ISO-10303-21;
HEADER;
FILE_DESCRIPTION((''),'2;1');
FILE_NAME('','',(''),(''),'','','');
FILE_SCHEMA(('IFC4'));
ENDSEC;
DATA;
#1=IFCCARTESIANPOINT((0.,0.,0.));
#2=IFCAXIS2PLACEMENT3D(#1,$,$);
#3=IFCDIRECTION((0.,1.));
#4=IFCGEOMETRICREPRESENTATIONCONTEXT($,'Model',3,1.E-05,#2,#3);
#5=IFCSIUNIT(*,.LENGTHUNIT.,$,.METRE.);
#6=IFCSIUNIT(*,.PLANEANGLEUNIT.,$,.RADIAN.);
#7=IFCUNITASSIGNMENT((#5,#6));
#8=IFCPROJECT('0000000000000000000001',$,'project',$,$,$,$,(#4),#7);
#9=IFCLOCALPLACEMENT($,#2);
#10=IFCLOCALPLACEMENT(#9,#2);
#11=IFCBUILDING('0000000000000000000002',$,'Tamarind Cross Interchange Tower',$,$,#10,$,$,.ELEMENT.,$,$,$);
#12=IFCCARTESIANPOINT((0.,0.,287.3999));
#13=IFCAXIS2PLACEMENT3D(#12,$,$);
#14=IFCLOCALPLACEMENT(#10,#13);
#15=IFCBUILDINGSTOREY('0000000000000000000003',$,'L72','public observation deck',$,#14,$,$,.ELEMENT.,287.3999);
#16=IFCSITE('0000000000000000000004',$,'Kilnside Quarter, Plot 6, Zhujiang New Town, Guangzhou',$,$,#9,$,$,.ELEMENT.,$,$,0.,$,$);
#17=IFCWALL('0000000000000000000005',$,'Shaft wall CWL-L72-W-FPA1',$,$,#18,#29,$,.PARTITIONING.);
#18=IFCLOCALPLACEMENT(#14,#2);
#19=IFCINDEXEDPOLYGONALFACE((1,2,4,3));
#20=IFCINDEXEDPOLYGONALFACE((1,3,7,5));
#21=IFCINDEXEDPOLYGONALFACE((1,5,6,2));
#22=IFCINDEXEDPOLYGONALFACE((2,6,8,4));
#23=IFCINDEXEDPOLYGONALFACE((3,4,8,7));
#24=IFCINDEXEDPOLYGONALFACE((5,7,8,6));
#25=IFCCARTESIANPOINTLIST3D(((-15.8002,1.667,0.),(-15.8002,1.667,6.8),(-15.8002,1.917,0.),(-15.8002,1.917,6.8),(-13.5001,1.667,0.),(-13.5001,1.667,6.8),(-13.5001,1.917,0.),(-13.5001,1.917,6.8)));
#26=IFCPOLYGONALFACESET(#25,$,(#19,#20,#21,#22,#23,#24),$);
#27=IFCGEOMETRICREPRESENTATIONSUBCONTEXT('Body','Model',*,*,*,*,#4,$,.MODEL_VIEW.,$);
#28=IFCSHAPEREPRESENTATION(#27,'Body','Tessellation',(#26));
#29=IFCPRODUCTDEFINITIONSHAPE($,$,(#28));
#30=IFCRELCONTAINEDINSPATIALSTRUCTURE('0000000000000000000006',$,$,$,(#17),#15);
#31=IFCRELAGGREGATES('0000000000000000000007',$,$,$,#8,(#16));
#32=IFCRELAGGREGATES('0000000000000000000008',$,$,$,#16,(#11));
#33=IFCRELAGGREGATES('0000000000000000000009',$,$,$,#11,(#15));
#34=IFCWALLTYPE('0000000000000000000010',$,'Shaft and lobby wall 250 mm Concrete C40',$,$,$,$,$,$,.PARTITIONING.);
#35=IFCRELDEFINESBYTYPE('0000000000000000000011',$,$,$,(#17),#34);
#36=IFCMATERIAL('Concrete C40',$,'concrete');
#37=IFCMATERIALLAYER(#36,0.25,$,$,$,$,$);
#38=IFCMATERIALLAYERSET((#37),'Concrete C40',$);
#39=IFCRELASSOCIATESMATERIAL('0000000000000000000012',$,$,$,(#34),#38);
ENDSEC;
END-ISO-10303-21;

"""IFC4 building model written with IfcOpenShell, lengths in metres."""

from ifc_helpers import new_model, si_unit, direction, frame, frame_2d, origin, place, context, subcontext, project, spatial, rectangle, extrude, material, layer, layer_set, type_object, element, save


model = new_model("IFC4")

# Units and contexts
model_context = context("Model", 3, precision=1e-05, world=origin(), true_north=direction((0.0, 1.0)))
body_context = subcontext(model_context, "Body", "Model", "MODEL_VIEW")
ifc_project = project(units=[si_unit("LENGTHUNIT", "METRE"), si_unit("PLANEANGLEUNIT", "RADIAN")], contexts=[model_context])

# Site, building, storey
site_placement = place(None, origin())
site = spatial("IfcSite", under=ifc_project, at=site_placement, Name="Kilnside Quarter, Plot 6, Zhujiang New Town, Guangzhou", CompositionType="ELEMENT", RefElevation=0.0)
building_placement = place(site_placement, origin())
building = spatial("IfcBuilding", under=site, at=building_placement, Name="Tamarind Cross Interchange Tower", CompositionType="ELEMENT")
storey_placement = place(building_placement, frame((0.0, 0.0, 287.3999)))
storey = spatial("IfcBuildingStorey", under=building, at=storey_placement, Name="L72", Description="public observation deck", CompositionType="ELEMENT", Elevation=287.3999)

# Wall
ifc_material_1 = material(Name="Concrete C40", Category="concrete")
ifc_layer_1 = layer(ifc_material_1, 0.25)
ifc_layer_set_1 = layer_set([ifc_layer_1], Name="Concrete C40")
wall_type_1 = type_object("IfcWallType", Name="Shaft and lobby wall 250 mm Concrete C40", PredefinedType="PARTITIONING", material=ifc_layer_set_1)
wall_1_placement = place(storey_placement, frame((-15.8, 1.792, 0.0), z_axis=(0.0, 0.0, 1.0), x_axis=(1.0, 0.0, 0.0)))
element("IfcWall", 1, at=wall_1_placement, inside=storey, type_object=wall_type_1, Name="Shaft wall CWL-L72-W-FPA1", PredefinedType="PARTITIONING", context=body_context, shape_type="SweptSolid", body=[
    extrude(rectangle(XDim=2.3, YDim=0.25, at=frame_2d((1.1499, 0.0))), origin(), (0.0, 0.0, 1.0), 6.8),
])

save(model, "model.ifc")
